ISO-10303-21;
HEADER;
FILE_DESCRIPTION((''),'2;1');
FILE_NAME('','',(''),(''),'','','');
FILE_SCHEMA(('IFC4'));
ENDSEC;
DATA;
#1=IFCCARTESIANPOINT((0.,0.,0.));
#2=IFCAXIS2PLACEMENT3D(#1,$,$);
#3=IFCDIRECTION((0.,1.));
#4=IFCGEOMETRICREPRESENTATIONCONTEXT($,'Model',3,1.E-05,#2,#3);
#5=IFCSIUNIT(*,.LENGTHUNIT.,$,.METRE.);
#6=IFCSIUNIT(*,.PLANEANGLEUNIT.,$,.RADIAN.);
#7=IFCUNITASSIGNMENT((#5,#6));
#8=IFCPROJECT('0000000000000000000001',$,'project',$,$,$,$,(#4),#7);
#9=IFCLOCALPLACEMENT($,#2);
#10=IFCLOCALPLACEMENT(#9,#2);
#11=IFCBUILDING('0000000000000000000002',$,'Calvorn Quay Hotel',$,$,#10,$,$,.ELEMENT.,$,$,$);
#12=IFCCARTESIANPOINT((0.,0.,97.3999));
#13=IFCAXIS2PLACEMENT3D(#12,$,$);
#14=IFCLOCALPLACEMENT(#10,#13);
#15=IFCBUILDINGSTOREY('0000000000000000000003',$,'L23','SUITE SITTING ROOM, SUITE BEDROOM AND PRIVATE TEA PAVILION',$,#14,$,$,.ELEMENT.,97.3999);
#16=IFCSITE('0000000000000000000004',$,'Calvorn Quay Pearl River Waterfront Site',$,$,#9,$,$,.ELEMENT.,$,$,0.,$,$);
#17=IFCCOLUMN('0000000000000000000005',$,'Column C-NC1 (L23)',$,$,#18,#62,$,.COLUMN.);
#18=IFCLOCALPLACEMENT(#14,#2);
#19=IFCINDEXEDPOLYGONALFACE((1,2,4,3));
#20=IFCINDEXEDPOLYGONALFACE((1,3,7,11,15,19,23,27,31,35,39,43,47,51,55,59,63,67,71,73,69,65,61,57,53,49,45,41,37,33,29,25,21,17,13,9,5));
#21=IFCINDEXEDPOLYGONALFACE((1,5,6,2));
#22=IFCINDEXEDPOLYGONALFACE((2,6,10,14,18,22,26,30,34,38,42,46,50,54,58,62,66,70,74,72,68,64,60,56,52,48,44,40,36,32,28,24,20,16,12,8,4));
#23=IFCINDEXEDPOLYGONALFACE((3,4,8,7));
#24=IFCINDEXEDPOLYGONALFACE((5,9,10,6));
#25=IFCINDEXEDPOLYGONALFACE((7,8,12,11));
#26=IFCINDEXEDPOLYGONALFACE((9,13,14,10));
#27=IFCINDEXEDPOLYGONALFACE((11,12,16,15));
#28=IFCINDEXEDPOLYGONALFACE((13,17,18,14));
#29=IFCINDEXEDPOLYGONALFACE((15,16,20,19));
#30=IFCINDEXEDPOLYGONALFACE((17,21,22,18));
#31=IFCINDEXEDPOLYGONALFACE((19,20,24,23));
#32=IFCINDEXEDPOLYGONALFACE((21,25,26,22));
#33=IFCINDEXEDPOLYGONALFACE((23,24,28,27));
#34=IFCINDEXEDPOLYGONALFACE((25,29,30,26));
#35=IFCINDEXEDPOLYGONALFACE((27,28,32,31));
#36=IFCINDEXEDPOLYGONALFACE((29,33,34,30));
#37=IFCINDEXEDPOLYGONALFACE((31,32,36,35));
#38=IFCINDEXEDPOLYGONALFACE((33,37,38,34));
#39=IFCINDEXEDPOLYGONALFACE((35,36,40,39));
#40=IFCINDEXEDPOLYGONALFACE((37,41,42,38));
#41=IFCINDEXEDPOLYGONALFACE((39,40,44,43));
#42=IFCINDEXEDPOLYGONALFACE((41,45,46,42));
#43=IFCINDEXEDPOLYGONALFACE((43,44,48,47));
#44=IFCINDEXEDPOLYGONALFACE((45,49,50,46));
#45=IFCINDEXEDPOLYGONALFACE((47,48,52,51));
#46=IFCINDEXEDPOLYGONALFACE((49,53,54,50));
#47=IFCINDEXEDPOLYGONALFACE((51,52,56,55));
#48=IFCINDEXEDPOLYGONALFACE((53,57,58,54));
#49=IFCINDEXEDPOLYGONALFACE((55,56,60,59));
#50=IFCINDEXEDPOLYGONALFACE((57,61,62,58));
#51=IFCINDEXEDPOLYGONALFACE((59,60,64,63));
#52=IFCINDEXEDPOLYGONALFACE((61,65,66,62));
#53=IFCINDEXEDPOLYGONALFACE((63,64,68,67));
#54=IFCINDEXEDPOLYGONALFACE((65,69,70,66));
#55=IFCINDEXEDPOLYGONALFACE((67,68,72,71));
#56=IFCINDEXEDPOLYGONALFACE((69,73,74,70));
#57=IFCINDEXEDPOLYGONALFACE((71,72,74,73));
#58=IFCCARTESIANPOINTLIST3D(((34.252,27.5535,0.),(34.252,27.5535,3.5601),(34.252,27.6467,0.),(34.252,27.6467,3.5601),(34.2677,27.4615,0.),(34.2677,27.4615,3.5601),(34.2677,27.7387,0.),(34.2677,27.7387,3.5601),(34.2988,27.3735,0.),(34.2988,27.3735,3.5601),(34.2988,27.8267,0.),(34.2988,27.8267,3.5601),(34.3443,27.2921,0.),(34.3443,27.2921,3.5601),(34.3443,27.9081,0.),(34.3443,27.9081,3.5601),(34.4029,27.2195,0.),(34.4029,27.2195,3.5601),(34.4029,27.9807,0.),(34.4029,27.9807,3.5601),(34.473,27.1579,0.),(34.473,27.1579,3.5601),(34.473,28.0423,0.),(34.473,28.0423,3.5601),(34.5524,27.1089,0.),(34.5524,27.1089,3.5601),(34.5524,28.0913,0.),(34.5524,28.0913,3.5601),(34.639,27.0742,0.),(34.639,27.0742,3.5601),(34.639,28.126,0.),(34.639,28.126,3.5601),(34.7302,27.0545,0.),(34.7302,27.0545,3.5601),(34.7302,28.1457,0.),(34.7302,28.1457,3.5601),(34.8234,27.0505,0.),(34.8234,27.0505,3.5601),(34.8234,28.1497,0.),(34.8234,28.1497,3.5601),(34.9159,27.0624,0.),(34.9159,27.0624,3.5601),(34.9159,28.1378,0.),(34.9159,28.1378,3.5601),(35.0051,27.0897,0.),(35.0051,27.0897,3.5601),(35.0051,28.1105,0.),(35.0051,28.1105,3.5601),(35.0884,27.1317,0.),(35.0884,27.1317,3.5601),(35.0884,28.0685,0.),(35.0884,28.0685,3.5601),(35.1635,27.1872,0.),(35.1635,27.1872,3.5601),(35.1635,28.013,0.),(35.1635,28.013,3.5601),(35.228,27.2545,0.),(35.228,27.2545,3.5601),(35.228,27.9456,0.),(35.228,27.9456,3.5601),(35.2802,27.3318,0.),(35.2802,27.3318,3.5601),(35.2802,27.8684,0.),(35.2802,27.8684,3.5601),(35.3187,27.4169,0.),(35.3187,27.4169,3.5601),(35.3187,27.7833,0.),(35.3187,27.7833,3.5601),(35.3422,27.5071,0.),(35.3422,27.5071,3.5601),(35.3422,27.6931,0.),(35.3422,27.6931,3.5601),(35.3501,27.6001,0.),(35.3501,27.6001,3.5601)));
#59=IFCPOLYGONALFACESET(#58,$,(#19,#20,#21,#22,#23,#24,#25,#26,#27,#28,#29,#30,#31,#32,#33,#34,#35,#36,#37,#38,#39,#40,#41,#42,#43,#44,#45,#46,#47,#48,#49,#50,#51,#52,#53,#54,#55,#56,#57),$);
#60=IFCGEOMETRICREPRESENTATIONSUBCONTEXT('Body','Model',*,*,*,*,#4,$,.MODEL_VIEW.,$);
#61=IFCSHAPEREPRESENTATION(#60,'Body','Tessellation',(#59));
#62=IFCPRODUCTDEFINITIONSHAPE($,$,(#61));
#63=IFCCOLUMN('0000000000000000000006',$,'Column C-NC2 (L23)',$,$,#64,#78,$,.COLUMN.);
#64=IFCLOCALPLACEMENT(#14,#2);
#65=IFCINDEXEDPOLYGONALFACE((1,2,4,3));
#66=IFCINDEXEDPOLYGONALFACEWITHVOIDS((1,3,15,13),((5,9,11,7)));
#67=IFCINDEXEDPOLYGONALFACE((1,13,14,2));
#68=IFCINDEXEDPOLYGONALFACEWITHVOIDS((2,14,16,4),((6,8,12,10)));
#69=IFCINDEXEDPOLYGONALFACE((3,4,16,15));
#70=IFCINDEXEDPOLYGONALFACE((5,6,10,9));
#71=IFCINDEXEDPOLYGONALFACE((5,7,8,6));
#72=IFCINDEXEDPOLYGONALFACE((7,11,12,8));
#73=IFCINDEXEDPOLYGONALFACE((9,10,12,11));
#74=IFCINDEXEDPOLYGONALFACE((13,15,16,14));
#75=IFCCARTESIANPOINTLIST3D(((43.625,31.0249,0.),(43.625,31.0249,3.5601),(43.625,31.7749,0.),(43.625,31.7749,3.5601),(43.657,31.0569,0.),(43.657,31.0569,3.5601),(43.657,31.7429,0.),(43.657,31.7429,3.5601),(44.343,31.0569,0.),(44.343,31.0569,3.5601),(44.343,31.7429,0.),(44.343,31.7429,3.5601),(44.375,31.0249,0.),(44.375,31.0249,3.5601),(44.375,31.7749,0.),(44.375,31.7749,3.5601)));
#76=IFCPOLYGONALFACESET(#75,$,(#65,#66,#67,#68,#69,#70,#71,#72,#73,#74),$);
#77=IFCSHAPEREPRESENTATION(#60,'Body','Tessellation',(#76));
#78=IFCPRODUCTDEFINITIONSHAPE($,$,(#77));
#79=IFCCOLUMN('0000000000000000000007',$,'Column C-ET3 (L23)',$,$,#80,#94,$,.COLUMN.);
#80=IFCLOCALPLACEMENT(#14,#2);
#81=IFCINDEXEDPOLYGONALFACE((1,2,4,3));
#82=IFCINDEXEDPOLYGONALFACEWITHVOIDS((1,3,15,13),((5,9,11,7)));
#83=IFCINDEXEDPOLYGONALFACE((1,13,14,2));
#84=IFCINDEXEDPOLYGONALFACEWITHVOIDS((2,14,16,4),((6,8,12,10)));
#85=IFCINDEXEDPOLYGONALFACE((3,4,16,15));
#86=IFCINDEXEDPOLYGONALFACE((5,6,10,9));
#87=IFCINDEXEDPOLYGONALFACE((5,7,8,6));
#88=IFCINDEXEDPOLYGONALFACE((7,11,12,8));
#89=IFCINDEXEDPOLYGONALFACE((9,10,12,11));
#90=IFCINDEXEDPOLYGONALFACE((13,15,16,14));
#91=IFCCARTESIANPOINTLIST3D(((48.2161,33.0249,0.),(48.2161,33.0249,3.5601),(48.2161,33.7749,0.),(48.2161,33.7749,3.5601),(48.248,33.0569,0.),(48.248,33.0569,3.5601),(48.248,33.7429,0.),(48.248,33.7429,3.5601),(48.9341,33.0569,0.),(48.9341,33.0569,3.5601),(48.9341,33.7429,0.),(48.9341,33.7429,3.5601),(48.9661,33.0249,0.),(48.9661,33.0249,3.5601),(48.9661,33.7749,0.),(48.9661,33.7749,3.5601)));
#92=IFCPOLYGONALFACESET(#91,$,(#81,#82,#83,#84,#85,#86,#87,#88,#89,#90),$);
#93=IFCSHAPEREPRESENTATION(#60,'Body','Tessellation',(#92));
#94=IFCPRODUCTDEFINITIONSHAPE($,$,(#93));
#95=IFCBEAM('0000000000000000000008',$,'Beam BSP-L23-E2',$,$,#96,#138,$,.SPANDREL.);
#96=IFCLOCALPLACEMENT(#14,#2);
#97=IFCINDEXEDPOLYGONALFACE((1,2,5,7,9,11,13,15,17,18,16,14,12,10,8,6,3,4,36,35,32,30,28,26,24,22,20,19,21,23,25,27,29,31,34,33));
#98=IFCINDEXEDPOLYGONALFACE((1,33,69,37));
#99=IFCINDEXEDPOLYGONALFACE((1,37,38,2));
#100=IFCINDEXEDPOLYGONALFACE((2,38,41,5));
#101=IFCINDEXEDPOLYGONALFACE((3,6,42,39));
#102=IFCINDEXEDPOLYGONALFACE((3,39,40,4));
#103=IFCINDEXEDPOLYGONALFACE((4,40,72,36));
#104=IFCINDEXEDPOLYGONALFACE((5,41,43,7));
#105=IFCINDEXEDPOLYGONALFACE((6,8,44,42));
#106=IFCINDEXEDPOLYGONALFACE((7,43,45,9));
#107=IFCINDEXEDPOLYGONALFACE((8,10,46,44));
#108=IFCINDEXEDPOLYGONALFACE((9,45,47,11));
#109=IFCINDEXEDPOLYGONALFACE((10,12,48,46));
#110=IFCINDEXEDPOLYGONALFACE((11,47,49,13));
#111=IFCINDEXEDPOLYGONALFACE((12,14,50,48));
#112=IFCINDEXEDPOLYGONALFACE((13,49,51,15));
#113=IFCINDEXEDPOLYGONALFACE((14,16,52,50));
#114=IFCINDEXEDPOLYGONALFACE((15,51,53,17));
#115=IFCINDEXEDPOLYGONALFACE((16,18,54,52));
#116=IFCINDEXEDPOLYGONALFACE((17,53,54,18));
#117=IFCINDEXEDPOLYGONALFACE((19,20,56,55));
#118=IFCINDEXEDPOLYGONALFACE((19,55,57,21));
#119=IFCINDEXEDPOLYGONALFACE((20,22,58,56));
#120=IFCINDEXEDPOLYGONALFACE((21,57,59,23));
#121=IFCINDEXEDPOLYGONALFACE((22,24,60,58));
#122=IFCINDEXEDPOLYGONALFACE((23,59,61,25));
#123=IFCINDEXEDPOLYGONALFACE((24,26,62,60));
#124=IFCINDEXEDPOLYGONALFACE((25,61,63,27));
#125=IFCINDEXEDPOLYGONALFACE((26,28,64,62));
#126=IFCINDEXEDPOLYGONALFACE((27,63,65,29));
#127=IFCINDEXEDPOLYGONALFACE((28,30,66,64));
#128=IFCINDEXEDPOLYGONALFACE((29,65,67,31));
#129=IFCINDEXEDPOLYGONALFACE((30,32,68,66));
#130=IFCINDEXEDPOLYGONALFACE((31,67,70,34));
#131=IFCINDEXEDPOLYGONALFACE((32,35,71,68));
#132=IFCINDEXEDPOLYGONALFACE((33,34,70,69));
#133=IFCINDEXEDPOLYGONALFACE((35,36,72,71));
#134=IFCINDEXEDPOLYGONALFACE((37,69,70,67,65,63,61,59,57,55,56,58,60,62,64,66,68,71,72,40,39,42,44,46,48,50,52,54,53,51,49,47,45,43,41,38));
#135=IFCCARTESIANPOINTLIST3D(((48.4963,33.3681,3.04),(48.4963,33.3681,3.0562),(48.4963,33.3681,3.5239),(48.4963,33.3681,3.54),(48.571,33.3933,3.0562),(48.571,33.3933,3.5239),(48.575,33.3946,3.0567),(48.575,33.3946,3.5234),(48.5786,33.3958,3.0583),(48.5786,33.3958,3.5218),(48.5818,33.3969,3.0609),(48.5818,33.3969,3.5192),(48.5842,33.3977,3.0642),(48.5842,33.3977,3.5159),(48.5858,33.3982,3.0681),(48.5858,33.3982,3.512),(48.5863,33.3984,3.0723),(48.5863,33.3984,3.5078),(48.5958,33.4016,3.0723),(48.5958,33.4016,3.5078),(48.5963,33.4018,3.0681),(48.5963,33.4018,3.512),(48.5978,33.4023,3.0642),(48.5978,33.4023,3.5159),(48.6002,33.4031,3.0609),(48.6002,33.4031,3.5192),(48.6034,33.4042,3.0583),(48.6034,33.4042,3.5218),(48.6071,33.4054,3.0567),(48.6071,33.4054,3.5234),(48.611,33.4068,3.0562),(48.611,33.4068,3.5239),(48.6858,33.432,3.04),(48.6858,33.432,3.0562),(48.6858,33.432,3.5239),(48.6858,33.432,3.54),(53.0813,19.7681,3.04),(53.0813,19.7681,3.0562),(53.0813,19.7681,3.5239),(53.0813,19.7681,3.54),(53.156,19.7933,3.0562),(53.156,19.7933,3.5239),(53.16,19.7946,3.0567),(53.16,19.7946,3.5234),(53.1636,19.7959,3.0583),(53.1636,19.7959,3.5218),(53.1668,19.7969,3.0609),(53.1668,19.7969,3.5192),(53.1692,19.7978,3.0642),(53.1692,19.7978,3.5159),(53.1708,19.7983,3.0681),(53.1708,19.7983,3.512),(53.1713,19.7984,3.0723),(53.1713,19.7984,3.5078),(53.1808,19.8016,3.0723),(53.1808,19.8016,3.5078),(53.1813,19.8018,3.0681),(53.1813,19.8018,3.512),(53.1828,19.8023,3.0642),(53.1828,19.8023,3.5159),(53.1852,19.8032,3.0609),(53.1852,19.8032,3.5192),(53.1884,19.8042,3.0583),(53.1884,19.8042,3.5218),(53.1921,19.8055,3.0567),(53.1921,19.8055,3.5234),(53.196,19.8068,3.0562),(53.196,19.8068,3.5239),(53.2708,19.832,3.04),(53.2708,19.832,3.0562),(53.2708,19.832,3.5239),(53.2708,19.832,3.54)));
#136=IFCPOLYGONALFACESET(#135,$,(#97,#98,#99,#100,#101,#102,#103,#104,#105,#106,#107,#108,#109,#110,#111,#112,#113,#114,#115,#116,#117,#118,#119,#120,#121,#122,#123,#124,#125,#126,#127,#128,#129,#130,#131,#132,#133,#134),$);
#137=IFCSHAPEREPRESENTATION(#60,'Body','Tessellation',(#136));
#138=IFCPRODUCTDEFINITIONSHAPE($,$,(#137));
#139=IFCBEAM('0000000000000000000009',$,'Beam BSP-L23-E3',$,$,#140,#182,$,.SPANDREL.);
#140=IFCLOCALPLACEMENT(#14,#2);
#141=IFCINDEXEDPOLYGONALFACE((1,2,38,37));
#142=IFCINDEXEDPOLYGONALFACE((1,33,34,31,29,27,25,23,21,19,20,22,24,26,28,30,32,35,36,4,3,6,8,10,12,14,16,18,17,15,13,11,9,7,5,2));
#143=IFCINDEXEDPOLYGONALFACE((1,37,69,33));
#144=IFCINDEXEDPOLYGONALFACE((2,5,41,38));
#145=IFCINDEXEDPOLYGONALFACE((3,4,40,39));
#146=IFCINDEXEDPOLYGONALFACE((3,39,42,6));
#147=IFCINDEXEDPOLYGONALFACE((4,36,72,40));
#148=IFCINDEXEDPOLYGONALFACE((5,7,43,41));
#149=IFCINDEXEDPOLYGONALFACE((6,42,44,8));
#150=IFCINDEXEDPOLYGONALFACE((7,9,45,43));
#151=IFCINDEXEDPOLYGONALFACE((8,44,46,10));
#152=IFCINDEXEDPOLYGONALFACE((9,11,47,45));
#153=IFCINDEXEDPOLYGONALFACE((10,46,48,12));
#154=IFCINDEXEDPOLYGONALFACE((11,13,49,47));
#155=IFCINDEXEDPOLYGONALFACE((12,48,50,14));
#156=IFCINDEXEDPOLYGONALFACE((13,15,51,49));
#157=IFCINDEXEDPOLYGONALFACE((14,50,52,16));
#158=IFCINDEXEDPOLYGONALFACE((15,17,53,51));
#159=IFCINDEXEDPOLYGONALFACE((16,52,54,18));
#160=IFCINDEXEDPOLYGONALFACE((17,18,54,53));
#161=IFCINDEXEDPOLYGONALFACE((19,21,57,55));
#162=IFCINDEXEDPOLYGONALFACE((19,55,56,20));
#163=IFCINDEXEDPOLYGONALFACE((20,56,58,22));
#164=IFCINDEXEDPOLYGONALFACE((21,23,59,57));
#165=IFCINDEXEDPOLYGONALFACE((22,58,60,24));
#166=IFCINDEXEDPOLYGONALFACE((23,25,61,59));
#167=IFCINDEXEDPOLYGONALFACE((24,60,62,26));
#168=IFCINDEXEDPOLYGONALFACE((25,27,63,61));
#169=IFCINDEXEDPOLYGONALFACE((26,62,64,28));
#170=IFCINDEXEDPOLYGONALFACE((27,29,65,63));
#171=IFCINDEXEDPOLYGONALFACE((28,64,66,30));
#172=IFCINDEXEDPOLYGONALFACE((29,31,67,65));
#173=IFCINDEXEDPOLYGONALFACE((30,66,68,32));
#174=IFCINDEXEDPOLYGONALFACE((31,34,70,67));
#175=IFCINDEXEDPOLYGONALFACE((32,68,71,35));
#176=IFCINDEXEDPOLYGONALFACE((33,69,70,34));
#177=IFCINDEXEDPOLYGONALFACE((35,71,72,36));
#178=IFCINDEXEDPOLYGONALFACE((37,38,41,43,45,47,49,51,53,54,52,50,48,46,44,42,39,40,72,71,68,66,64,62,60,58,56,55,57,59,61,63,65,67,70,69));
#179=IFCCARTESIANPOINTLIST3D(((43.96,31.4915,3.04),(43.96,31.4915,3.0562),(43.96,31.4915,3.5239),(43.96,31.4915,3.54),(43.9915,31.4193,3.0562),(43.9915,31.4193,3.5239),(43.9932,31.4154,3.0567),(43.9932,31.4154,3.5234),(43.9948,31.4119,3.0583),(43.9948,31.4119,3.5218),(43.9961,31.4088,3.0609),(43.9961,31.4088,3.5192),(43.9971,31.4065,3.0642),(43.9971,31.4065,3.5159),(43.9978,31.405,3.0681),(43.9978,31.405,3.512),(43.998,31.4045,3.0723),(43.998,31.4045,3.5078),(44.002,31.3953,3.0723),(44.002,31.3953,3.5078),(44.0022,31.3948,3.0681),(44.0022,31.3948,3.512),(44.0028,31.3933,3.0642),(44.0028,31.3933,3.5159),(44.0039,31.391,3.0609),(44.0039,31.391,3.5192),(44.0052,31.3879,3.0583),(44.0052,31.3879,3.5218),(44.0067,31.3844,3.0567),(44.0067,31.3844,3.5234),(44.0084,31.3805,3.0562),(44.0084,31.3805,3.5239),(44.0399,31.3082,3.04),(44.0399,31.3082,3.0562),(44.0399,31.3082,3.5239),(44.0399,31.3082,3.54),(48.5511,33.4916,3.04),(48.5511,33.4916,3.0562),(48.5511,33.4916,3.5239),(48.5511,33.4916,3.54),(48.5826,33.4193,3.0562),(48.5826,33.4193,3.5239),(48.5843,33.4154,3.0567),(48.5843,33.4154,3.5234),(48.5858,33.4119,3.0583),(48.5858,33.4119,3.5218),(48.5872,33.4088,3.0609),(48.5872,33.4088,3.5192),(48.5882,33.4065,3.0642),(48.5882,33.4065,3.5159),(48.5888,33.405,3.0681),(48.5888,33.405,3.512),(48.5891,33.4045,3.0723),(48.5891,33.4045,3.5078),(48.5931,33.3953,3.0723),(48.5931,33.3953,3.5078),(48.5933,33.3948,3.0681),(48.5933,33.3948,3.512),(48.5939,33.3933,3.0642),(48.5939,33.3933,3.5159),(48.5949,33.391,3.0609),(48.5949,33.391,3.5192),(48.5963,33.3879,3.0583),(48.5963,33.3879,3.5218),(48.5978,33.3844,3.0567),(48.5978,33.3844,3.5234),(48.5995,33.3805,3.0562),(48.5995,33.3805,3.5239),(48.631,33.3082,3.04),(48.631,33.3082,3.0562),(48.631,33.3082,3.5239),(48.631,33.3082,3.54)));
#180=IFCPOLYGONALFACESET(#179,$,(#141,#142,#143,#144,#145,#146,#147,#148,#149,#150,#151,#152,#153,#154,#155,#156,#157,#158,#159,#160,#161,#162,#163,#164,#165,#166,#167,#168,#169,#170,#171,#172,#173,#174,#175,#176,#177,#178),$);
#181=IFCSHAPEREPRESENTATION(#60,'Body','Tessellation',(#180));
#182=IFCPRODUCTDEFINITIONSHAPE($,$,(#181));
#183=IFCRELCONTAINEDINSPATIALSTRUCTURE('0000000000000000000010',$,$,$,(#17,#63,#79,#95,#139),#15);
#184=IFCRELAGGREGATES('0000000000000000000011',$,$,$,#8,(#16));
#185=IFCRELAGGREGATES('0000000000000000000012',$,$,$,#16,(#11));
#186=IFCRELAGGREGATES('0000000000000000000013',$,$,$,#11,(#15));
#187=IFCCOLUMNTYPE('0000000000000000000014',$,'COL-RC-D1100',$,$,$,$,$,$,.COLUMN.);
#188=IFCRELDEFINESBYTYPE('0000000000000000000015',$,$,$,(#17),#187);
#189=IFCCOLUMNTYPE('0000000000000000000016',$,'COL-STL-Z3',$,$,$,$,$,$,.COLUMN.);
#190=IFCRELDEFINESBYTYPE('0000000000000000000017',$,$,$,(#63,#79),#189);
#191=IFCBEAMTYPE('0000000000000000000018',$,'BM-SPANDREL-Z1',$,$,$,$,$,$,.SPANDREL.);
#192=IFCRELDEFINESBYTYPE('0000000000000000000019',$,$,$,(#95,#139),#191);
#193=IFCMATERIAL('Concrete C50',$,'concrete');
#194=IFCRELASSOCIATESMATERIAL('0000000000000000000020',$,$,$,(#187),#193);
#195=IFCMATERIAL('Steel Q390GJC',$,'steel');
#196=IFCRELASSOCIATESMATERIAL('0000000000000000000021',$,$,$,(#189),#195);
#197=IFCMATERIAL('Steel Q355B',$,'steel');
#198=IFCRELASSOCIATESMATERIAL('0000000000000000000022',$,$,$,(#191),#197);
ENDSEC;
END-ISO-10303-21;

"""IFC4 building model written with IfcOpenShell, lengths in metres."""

from ifc_helpers import new_model, si_unit, direction, frame, origin, origin_2d, place, context, subcontext, project, spatial, hollow_rectangle, circle, i_section, extrude, material, material_profile, profile_set, type_object, element, save


model = new_model("IFC4")

# Units and contexts
model_context = context("Model", 3, precision=1e-05, world=origin(), true_north=direction((0.0, 1.0)))
body_context = subcontext(model_context, "Body", "Model", "MODEL_VIEW")
ifc_project = project(units=[si_unit("LENGTHUNIT", "METRE"), si_unit("PLANEANGLEUNIT", "RADIAN")], contexts=[model_context])

# Site, building, storey
site_placement = place(None, origin())
site = spatial("IfcSite", under=ifc_project, at=site_placement, Name="Calvorn Quay Pearl River Waterfront Site", CompositionType="ELEMENT", RefElevation=0.0)
building_placement = place(site_placement, origin())
building = spatial("IfcBuilding", under=site, at=building_placement, Name="Calvorn Quay Hotel", CompositionType="ELEMENT")
storey_placement = place(building_placement, frame((0.0, 0.0, 97.3999)))
storey = spatial("IfcBuildingStorey", under=building, at=storey_placement, Name="L23", Description="SUITE SITTING ROOM, SUITE BEDROOM AND PRIVATE TEA PAVILION", CompositionType="ELEMENT", Elevation=97.3999)

# Columns
ifc_material_1 = material(Name="Concrete C50", Category="concrete")
ifc_material_profile_1 = material_profile(ifc_material_1, circle(Radius=0.55, at=origin_2d()), Name="RCD1100")
ifc_profile_set_1 = profile_set([ifc_material_profile_1], Name="Concrete C50")
column_type_1 = type_object("IfcColumnType", Name="COL-RC-D1100", PredefinedType="COLUMN", material=ifc_profile_set_1)
column_placement = place(storey_placement, frame((34.8, 27.6001, 0.0), z_axis=(0.0, 0.0, 1.0), x_axis=(1.0, 0.0, 0.0)))
element("IfcColumn", 1, at=column_placement, inside=storey, type_object=column_type_1, Name="Column C-NC1 (L23)", PredefinedType="COLUMN", context=body_context, shape_type="SweptSolid", body=[
    extrude(circle(Radius=0.55, at=origin_2d()), origin(), (0.0, 0.0, 1.0), 3.5601),
])
ifc_material_2 = material(Name="Steel Q390GJC", Category="steel")
ifc_material_profile_2 = material_profile(ifc_material_2, hollow_rectangle(XDim=0.75, YDim=0.75, WallThickness=0.032, at=origin_2d()), Name="BOX750x750x32")
ifc_profile_set_2 = profile_set([ifc_material_profile_2], Name="Steel Q390GJC")
column_type_2 = type_object("IfcColumnType", Name="COL-STL-Z3", PredefinedType="COLUMN", material=ifc_profile_set_2)
for number, where, z_axis, x_axis, name in (
    (2, (44.0, 31.3999, 0.0), (0.0, 0.0, 1.0), (1.0, 0.0, 0.0), "Column C-NC2 (L23)"),
    (3, (48.5911, 33.3999, 0.0), (0.0, 0.0, 1.0), (1.0, 0.0, 0.0), "Column C-ET3 (L23)"),
):
    element("IfcColumn", number, at=place(storey_placement, frame(where, z_axis=z_axis, x_axis=x_axis)), inside=storey, type_object=column_type_2, Name=name, PredefinedType="COLUMN", context=body_context, shape_type="SweptSolid", body=[
        extrude(hollow_rectangle(XDim=0.75, YDim=0.75, WallThickness=0.032, at=origin_2d()), origin(), (0.0, 0.0, 1.0), 3.5601),
    ])

# Beams
ifc_material_3 = material(Name="Steel Q355B", Category="steel")
ifc_material_profile_3 = material_profile(ifc_material_3, i_section(OverallWidth=0.2, OverallDepth=0.5, WebThickness=0.01, FlangeThickness=0.0161, FilletRadius=0.0161, at=origin_2d()), Name="HN500x200x10x16")
ifc_profile_set_3 = profile_set([ifc_material_profile_3], Name="Steel Q355B")
beam_type = type_object("IfcBeamType", Name="BM-SPANDREL-Z1", PredefinedType="SPANDREL", material=ifc_profile_set_3)
beam_1_placement = place(storey_placement, frame((53.176, 19.8, 3.29), z_axis=(-0.319467, 0.947598, 0.0), x_axis=(-0.947598, -0.319467, 0.0)))
element("IfcBeam", 4, at=beam_1_placement, inside=storey, type_object=beam_type, Name="Beam BSP-L23-E2", PredefinedType="SPANDREL", context=body_context, shape_type="SweptSolid", body=[
    extrude(i_section(OverallWidth=0.2, OverallDepth=0.5, WebThickness=0.01, FlangeThickness=0.0161, FilletRadius=0.0161, at=origin_2d()), origin(), (0.0, 0.0, 1.0), 14.3521),
])
beam_2_placement = place(storey_placement, frame((48.5911, 33.3999, 3.29), z_axis=(-0.916786, -0.399378, 0.0), x_axis=(0.399378, -0.916786, 0.0)))
element("IfcBeam", 5, at=beam_2_placement, inside=storey, type_object=beam_type, Name="Beam BSP-L23-E3", PredefinedType="SPANDREL", context=body_context, shape_type="SweptSolid", body=[
    extrude(i_section(OverallWidth=0.2, OverallDepth=0.5, WebThickness=0.01, FlangeThickness=0.0161, FilletRadius=0.0161, at=origin_2d()), origin(), (0.0, 0.0, 1.0), 5.0078),
])

save(model, "model.ifc")
